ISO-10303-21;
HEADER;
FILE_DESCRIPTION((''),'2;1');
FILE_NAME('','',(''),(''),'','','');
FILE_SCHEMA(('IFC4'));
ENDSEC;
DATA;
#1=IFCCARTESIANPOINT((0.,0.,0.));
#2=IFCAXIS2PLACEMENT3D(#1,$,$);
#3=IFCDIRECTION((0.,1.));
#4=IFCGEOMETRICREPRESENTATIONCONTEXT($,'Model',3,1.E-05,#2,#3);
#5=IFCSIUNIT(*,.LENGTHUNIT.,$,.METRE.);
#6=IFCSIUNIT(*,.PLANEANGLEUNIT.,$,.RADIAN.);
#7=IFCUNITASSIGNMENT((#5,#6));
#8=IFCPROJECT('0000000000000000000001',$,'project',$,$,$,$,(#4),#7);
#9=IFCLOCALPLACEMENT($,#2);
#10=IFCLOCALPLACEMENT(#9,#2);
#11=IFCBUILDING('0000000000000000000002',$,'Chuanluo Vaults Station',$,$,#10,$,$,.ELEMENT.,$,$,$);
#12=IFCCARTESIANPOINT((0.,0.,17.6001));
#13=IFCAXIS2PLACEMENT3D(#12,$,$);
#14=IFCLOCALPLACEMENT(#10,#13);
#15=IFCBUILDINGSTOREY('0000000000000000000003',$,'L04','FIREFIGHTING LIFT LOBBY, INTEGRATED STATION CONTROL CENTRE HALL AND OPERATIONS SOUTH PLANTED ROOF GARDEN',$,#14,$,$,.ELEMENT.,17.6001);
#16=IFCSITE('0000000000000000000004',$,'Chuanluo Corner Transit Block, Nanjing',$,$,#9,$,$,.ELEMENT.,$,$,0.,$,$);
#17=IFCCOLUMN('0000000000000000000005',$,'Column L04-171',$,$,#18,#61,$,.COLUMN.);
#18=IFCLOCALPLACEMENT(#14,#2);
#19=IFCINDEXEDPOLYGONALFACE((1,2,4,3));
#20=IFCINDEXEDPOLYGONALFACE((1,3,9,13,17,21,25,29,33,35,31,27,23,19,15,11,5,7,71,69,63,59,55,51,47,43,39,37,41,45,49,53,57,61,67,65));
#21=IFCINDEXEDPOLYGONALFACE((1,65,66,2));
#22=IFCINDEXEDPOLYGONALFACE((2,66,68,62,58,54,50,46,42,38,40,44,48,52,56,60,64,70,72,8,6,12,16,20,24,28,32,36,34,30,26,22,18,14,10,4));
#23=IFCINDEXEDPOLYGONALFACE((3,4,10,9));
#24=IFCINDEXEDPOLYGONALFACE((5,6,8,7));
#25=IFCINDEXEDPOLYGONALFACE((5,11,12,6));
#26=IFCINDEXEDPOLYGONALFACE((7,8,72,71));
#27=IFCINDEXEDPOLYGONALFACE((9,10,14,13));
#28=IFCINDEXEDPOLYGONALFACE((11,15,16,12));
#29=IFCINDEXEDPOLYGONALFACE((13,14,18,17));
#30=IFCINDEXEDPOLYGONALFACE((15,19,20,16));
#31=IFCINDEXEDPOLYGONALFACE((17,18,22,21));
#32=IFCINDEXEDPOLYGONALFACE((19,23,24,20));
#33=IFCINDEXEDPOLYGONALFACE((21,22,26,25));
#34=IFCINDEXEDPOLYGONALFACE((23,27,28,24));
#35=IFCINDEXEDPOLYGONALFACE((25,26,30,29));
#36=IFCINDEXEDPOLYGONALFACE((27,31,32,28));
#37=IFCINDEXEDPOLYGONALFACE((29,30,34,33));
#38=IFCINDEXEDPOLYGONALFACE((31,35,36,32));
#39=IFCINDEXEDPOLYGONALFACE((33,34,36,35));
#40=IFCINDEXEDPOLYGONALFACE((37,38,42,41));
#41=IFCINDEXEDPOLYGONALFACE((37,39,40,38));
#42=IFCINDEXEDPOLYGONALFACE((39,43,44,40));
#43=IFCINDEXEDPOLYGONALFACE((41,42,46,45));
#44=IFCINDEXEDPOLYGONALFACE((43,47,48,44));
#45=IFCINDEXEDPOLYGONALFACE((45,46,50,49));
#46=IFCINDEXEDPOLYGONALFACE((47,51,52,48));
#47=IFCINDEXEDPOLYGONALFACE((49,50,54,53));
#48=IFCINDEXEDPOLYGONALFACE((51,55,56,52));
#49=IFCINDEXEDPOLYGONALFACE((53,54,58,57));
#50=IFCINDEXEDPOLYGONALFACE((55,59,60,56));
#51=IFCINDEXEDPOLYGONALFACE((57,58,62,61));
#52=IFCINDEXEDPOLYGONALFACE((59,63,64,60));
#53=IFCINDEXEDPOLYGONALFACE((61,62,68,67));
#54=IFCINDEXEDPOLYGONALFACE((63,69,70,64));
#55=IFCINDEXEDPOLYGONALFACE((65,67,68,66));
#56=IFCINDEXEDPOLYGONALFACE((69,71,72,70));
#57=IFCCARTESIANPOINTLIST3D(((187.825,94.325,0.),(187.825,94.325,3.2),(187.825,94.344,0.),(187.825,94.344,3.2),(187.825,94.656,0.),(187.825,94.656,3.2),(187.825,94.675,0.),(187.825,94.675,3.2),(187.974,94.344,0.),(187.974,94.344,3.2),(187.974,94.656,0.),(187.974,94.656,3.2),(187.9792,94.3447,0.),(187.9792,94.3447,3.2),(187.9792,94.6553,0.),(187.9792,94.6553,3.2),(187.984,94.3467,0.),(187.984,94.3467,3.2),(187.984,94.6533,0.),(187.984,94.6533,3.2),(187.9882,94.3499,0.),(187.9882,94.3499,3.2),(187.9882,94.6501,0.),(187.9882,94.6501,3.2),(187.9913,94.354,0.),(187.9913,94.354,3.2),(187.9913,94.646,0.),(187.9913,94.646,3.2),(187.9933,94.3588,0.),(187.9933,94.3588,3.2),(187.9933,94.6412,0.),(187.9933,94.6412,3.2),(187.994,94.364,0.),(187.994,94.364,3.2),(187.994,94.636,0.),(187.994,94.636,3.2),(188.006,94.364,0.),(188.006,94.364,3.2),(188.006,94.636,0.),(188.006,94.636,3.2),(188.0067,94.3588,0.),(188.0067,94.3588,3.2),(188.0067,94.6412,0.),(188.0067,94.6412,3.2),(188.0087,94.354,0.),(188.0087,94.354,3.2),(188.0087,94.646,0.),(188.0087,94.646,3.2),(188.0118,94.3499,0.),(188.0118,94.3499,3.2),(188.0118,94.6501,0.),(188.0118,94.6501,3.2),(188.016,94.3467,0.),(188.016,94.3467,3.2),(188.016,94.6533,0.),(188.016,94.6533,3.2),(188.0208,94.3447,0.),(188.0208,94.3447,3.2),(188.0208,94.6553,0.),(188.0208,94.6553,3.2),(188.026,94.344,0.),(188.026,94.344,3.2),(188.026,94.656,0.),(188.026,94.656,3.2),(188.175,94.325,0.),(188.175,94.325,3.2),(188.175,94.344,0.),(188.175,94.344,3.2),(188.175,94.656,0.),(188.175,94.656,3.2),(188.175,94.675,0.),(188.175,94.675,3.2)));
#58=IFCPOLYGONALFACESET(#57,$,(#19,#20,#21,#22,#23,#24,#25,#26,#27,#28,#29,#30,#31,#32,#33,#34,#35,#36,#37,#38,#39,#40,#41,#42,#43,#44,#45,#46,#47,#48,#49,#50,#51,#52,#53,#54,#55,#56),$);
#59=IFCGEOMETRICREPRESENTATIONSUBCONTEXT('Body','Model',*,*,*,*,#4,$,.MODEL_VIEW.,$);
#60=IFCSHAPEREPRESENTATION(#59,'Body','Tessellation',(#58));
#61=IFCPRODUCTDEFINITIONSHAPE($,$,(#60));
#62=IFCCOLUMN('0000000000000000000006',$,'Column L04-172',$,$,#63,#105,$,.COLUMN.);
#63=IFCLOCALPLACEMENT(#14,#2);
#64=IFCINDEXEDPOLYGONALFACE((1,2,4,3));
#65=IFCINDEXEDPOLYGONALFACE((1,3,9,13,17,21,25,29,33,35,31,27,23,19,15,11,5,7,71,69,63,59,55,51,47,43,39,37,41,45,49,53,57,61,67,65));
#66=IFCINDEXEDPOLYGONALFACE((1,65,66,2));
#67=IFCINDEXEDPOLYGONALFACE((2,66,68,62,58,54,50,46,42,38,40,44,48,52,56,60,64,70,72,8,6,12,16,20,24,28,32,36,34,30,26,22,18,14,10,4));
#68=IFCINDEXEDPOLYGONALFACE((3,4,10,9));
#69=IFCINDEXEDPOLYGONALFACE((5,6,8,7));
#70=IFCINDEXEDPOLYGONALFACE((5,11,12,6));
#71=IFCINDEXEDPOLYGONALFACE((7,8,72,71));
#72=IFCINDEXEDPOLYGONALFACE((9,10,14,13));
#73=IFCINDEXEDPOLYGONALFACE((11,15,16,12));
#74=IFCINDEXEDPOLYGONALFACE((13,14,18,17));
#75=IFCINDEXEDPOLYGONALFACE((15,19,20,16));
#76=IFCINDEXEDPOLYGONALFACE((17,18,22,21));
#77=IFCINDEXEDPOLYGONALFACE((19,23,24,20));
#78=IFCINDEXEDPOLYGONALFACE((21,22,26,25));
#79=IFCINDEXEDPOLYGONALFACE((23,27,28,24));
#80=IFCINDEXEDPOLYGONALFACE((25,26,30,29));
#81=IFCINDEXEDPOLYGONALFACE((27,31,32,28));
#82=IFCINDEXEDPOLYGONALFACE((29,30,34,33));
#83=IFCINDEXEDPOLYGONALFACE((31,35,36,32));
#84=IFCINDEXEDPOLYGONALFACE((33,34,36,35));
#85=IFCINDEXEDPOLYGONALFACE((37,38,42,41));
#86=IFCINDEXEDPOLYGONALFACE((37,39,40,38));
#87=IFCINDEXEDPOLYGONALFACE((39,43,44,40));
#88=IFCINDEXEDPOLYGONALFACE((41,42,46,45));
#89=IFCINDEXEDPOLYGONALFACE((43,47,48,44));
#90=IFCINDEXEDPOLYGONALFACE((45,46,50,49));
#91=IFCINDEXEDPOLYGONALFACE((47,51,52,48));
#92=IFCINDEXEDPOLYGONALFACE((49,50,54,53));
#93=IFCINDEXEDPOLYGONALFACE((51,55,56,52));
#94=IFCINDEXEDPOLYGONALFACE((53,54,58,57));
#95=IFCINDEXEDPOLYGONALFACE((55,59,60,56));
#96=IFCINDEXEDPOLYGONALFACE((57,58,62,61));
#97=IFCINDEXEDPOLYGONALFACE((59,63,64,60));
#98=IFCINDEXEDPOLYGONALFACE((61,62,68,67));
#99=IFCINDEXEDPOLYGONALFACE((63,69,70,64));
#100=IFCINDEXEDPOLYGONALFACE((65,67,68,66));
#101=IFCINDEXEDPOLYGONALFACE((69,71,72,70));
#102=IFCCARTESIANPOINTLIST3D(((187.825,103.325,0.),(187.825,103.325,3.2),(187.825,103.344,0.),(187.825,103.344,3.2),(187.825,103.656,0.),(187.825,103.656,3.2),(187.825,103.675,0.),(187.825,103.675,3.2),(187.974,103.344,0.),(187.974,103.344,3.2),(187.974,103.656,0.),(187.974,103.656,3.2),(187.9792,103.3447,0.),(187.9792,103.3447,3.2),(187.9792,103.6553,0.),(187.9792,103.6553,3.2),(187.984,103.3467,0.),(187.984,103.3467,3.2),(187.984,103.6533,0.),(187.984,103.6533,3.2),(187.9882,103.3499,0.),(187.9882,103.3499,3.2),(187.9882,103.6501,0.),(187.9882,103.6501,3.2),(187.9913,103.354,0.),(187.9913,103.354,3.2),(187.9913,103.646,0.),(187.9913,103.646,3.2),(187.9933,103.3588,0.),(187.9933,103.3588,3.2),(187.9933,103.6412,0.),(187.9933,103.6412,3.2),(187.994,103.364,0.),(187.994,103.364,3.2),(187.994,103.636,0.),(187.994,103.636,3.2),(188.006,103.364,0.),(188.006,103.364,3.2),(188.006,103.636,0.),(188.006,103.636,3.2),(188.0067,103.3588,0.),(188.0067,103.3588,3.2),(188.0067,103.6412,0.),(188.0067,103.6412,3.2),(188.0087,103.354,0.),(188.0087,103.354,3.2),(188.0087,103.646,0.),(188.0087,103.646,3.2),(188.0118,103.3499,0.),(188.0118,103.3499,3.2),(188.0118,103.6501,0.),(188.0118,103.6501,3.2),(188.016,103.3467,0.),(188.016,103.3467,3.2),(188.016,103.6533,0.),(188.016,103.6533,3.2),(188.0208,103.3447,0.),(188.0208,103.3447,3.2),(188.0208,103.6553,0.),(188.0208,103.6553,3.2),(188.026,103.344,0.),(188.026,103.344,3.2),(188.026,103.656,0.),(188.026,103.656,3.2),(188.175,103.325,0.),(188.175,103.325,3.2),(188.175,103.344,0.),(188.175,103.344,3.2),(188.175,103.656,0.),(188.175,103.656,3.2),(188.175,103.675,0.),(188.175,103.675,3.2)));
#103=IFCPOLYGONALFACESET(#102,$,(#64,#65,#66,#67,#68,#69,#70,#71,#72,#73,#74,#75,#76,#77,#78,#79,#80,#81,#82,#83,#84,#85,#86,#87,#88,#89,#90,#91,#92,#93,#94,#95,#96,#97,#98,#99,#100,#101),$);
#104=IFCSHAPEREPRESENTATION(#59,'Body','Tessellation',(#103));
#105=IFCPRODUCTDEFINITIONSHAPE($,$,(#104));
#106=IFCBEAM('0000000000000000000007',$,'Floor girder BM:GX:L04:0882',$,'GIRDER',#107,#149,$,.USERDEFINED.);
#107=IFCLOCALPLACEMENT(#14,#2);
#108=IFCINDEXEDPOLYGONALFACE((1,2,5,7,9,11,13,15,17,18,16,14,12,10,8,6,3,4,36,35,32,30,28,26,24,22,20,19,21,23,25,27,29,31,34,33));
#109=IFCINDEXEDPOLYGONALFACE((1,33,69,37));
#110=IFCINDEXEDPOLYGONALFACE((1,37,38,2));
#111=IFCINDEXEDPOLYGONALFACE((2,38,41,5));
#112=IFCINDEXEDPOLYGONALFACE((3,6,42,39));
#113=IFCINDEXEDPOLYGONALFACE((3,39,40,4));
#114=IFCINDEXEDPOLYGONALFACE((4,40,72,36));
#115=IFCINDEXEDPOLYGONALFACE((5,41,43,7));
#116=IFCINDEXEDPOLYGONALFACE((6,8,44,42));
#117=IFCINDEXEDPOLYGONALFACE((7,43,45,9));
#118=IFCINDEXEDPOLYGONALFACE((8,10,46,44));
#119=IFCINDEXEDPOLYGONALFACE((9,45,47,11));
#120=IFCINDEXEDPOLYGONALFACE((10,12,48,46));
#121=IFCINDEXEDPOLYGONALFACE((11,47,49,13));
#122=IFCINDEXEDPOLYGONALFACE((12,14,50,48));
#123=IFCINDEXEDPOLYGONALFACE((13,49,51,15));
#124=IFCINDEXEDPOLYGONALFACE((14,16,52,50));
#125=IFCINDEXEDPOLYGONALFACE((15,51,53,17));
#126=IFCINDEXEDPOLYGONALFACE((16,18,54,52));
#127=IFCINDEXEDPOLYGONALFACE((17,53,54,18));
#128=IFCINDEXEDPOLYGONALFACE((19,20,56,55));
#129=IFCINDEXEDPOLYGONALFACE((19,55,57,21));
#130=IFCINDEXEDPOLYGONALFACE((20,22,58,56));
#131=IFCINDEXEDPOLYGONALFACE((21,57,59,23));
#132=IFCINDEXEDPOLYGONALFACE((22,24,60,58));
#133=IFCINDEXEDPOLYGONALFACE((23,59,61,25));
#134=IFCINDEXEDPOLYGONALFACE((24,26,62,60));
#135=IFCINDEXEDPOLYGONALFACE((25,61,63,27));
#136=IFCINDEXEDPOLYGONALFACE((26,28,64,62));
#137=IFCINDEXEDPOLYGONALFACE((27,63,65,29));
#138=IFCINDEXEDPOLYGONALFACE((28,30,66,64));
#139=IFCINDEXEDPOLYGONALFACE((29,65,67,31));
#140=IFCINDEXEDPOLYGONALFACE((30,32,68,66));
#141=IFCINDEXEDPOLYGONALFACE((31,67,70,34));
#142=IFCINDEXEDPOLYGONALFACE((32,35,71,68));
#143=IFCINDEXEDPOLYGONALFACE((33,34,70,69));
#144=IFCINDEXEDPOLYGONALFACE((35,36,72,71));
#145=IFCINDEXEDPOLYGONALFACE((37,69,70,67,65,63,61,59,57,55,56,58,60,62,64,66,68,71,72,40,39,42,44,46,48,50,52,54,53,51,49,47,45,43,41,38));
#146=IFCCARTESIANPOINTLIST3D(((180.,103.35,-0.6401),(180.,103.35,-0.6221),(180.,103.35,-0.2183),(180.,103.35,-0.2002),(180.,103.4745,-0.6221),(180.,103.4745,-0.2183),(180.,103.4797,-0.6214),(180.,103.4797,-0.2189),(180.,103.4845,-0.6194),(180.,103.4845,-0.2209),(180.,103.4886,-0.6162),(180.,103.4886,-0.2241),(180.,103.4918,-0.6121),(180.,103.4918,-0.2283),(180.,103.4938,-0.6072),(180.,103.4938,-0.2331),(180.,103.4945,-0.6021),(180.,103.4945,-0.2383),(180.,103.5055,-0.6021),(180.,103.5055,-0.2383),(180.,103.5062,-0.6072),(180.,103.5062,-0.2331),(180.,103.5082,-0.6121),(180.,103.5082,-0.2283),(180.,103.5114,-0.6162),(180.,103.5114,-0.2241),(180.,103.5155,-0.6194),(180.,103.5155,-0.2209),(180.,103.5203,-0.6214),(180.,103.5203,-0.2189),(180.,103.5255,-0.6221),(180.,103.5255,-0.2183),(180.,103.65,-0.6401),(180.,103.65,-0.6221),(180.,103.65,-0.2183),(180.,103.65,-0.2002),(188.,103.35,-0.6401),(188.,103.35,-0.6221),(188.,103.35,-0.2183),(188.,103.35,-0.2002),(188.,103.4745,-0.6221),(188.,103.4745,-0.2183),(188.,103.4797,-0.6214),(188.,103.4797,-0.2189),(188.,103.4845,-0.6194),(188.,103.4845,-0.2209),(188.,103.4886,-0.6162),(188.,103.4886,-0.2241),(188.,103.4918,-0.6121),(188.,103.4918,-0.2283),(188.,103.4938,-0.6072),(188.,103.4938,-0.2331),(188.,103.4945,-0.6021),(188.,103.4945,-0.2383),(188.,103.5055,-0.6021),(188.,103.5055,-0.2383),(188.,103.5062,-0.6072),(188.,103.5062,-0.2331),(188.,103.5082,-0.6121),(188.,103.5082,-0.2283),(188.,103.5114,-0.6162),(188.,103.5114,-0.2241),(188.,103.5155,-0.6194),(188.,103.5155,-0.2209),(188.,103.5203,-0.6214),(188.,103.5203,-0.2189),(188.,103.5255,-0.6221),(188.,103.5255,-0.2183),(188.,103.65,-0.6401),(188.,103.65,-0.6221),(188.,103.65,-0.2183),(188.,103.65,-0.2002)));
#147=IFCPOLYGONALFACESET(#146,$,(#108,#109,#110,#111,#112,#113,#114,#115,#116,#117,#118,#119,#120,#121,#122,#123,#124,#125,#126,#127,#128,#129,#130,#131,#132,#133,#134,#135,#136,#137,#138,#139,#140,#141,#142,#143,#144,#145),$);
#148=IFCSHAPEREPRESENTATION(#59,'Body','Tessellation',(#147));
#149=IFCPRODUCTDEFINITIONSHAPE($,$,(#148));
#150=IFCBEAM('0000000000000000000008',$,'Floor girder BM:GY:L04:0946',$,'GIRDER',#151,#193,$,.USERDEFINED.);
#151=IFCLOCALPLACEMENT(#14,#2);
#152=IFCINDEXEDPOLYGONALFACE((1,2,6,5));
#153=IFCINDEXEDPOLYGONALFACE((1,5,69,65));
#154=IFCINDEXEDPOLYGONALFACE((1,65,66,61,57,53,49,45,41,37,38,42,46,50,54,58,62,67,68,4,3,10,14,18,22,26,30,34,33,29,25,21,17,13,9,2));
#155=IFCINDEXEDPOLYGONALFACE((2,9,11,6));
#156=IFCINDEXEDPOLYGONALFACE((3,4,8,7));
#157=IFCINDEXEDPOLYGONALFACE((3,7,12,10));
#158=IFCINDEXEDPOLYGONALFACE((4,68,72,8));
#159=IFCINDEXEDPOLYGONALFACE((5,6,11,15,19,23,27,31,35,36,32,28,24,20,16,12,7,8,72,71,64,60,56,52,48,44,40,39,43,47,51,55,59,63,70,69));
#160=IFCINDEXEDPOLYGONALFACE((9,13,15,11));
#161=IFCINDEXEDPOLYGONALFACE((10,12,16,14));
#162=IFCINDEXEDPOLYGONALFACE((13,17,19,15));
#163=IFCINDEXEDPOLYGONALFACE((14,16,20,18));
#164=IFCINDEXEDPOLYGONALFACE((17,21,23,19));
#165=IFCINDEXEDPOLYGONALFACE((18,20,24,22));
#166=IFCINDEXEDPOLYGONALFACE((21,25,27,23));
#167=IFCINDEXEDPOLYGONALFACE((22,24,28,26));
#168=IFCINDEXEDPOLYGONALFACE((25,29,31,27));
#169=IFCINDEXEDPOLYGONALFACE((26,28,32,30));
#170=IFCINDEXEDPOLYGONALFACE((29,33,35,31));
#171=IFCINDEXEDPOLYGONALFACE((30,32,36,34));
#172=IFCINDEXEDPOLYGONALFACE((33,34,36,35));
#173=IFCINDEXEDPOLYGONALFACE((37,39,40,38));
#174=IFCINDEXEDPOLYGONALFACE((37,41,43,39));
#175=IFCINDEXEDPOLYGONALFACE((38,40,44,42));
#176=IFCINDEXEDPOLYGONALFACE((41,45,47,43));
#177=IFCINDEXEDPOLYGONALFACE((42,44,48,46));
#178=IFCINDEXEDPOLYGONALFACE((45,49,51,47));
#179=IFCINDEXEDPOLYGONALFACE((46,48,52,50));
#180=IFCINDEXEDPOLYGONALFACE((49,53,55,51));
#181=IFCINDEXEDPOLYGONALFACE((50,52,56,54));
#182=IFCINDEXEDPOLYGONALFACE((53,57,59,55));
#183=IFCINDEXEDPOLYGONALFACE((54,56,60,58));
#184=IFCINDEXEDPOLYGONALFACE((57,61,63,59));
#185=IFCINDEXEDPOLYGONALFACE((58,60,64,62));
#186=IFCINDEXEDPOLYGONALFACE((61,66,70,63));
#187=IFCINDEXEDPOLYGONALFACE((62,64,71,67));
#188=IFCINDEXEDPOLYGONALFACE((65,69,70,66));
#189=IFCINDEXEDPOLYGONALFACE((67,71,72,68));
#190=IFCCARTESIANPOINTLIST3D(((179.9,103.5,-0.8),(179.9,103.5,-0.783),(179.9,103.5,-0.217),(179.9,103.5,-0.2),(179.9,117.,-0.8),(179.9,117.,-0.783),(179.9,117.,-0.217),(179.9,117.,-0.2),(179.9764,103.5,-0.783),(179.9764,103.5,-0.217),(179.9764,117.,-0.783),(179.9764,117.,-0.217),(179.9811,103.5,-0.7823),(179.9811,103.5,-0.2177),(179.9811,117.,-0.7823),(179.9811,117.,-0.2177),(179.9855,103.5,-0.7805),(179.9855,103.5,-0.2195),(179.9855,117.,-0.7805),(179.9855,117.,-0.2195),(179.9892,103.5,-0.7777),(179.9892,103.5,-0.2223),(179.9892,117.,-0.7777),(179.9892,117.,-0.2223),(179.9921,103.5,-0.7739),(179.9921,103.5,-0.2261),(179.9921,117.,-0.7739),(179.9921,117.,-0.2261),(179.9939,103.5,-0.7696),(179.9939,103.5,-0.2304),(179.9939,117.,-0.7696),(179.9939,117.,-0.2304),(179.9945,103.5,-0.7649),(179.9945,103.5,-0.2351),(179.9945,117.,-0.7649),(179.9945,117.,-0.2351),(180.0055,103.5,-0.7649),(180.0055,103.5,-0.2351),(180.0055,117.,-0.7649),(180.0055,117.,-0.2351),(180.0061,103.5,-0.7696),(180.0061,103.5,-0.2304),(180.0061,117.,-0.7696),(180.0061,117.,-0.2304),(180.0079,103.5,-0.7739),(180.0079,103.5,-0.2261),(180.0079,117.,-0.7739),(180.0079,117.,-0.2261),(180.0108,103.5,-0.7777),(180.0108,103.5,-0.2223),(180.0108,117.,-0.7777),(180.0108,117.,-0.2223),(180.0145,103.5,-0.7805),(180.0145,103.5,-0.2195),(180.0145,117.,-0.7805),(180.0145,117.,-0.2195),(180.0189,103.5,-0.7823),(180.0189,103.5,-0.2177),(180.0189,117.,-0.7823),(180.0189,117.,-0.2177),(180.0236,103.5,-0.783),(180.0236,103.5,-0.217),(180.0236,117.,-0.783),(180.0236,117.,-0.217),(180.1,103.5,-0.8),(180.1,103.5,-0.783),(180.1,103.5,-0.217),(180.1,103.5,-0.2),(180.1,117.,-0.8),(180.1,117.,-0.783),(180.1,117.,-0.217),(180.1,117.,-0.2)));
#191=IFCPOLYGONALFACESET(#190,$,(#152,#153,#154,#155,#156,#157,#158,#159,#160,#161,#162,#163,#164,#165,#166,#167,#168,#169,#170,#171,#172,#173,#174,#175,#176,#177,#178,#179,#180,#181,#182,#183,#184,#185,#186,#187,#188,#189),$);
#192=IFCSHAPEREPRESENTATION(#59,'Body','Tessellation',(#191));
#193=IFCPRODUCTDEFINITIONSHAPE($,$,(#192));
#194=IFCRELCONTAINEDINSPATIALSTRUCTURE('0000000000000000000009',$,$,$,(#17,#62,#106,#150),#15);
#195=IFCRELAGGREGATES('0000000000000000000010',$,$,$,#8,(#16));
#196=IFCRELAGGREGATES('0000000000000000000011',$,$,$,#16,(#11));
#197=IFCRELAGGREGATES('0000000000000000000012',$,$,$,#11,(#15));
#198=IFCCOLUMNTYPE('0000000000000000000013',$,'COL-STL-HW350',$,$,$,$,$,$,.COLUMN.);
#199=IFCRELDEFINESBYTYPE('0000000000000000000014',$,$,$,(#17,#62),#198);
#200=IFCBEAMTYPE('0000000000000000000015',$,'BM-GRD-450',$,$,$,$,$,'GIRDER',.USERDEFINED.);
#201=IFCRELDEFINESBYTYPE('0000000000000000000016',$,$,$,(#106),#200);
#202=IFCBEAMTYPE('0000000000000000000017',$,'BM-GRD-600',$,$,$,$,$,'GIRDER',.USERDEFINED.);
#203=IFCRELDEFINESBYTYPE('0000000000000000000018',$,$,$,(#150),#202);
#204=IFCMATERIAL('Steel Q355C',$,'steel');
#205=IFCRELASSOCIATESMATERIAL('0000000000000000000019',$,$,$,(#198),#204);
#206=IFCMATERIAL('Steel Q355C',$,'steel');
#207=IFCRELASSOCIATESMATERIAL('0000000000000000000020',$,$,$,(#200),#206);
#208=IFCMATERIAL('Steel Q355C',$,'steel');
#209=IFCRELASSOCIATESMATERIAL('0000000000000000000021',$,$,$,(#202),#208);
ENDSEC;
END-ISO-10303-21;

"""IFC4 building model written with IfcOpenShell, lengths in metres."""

from ifc_helpers import new_model, si_unit, direction, frame, origin, origin_2d, place, context, subcontext, project, spatial, i_section, extrude, material, material_profile, profile_set, type_object, element, save


model = new_model("IFC4")

# Units and contexts
model_context = context("Model", 3, precision=1e-05, world=origin(), true_north=direction((0.0, 1.0)))
body_context = subcontext(model_context, "Body", "Model", "MODEL_VIEW")
ifc_project = project(units=[si_unit("LENGTHUNIT", "METRE"), si_unit("PLANEANGLEUNIT", "RADIAN")], contexts=[model_context])

# Site, building, storey
site_placement = place(None, origin())
site = spatial("IfcSite", under=ifc_project, at=site_placement, Name="Chuanluo Corner Transit Block, Nanjing", CompositionType="ELEMENT", RefElevation=0.0)
building_placement = place(site_placement, origin())
building = spatial("IfcBuilding", under=site, at=building_placement, Name="Chuanluo Vaults Station", CompositionType="ELEMENT")
storey_placement = place(building_placement, frame((0.0, 0.0, 17.6001)))
storey = spatial("IfcBuildingStorey", under=building, at=storey_placement, Name="L04", Description="FIREFIGHTING LIFT LOBBY, INTEGRATED STATION CONTROL CENTRE HALL AND OPERATIONS SOUTH PLANTED ROOF GARDEN", CompositionType="ELEMENT", Elevation=17.6001)

# Columns
ifc_material_1 = material(Name="Steel Q355C", Category="steel")
ifc_material_profile_1 = material_profile(ifc_material_1, i_section(OverallWidth=0.3501, OverallDepth=0.3501, WebThickness=0.012, FlangeThickness=0.019, FilletRadius=0.02, at=origin_2d()))
ifc_profile_set_1 = profile_set([ifc_material_profile_1], Name="Steel Q355C")
column_type = type_object("IfcColumnType", Name="COL-STL-HW350", PredefinedType="COLUMN", material=ifc_profile_set_1)
for number, where, z_axis, x_axis, name in (
    (1, (188.0, 94.5, 0.0), (0.0, 0.0, 1.0), (1.0, 0.0, 0.0), "Column L04-171"),
    (2, (188.0, 103.5, 0.0), (0.0, 0.0, 1.0), (1.0, 0.0, 0.0), "Column L04-172"),
):
    element("IfcColumn", number, at=place(storey_placement, frame(where, z_axis=z_axis, x_axis=x_axis)), inside=storey, type_object=column_type, Name=name, PredefinedType="COLUMN", context=body_context, shape_type="SweptSolid", body=[
        extrude(i_section(OverallWidth=0.3501, OverallDepth=0.3501, WebThickness=0.012, FlangeThickness=0.019, FilletRadius=0.02, at=origin_2d()), origin(), (0.0, 0.0, 1.0), 3.2),
    ])

# Beams
ifc_material_2 = material(Name="Steel Q355C", Category="steel")
ifc_material_profile_2 = material_profile(ifc_material_2, i_section(OverallWidth=0.3, OverallDepth=0.4399, WebThickness=0.011, FlangeThickness=0.0181, FilletRadius=0.02, at=origin_2d()))
ifc_profile_set_2 = profile_set([ifc_material_profile_2], Name="Steel Q355C")
beam_type_1 = type_object("IfcBeamType", Name="BM-GRD-450", ElementType="GIRDER", PredefinedType="USERDEFINED", material=ifc_profile_set_2)
beam_1_placement = place(storey_placement, frame((180.0, 103.5, -0.4202), z_axis=(1.0, 0.0, 0.0), x_axis=(0.0, 1.0, 0.0)))
element("IfcBeam", 3, at=beam_1_placement, inside=storey, type_object=beam_type_1, Name="Floor girder BM:GX:L04:0882", ObjectType="GIRDER", PredefinedType="USERDEFINED", context=body_context, shape_type="SweptSolid", body=[
    extrude(i_section(OverallWidth=0.3, OverallDepth=0.4399, WebThickness=0.011, FlangeThickness=0.0181, FilletRadius=0.02, at=origin_2d()), origin(), (0.0, 0.0, 1.0), 8.0),
])
ifc_material_3 = material(Name="Steel Q355C", Category="steel")
ifc_material_profile_3 = material_profile(ifc_material_3, i_section(OverallWidth=0.2, OverallDepth=0.6001, WebThickness=0.011, FlangeThickness=0.0171, FilletRadius=0.0181, at=origin_2d()))
ifc_profile_set_3 = profile_set([ifc_material_profile_3], Name="Steel Q355C")
beam_type_2 = type_object("IfcBeamType", Name="BM-GRD-600", ElementType="GIRDER", PredefinedType="USERDEFINED", material=ifc_profile_set_3)
beam_2_placement = place(storey_placement, frame((180.0, 103.5, -0.5), z_axis=(0.0, 1.0, 0.0), x_axis=(-1.0, 0.0, 0.0)))
element("IfcBeam", 4, at=beam_2_placement, inside=storey, type_object=beam_type_2, Name="Floor girder BM:GY:L04:0946", ObjectType="GIRDER", PredefinedType="USERDEFINED", context=body_context, shape_type="SweptSolid", body=[
    extrude(i_section(OverallWidth=0.2, OverallDepth=0.6001, WebThickness=0.011, FlangeThickness=0.0171, FilletRadius=0.0181, at=origin_2d()), origin(), (0.0, 0.0, 1.0), 13.5),
])

save(model, "model.ifc")
